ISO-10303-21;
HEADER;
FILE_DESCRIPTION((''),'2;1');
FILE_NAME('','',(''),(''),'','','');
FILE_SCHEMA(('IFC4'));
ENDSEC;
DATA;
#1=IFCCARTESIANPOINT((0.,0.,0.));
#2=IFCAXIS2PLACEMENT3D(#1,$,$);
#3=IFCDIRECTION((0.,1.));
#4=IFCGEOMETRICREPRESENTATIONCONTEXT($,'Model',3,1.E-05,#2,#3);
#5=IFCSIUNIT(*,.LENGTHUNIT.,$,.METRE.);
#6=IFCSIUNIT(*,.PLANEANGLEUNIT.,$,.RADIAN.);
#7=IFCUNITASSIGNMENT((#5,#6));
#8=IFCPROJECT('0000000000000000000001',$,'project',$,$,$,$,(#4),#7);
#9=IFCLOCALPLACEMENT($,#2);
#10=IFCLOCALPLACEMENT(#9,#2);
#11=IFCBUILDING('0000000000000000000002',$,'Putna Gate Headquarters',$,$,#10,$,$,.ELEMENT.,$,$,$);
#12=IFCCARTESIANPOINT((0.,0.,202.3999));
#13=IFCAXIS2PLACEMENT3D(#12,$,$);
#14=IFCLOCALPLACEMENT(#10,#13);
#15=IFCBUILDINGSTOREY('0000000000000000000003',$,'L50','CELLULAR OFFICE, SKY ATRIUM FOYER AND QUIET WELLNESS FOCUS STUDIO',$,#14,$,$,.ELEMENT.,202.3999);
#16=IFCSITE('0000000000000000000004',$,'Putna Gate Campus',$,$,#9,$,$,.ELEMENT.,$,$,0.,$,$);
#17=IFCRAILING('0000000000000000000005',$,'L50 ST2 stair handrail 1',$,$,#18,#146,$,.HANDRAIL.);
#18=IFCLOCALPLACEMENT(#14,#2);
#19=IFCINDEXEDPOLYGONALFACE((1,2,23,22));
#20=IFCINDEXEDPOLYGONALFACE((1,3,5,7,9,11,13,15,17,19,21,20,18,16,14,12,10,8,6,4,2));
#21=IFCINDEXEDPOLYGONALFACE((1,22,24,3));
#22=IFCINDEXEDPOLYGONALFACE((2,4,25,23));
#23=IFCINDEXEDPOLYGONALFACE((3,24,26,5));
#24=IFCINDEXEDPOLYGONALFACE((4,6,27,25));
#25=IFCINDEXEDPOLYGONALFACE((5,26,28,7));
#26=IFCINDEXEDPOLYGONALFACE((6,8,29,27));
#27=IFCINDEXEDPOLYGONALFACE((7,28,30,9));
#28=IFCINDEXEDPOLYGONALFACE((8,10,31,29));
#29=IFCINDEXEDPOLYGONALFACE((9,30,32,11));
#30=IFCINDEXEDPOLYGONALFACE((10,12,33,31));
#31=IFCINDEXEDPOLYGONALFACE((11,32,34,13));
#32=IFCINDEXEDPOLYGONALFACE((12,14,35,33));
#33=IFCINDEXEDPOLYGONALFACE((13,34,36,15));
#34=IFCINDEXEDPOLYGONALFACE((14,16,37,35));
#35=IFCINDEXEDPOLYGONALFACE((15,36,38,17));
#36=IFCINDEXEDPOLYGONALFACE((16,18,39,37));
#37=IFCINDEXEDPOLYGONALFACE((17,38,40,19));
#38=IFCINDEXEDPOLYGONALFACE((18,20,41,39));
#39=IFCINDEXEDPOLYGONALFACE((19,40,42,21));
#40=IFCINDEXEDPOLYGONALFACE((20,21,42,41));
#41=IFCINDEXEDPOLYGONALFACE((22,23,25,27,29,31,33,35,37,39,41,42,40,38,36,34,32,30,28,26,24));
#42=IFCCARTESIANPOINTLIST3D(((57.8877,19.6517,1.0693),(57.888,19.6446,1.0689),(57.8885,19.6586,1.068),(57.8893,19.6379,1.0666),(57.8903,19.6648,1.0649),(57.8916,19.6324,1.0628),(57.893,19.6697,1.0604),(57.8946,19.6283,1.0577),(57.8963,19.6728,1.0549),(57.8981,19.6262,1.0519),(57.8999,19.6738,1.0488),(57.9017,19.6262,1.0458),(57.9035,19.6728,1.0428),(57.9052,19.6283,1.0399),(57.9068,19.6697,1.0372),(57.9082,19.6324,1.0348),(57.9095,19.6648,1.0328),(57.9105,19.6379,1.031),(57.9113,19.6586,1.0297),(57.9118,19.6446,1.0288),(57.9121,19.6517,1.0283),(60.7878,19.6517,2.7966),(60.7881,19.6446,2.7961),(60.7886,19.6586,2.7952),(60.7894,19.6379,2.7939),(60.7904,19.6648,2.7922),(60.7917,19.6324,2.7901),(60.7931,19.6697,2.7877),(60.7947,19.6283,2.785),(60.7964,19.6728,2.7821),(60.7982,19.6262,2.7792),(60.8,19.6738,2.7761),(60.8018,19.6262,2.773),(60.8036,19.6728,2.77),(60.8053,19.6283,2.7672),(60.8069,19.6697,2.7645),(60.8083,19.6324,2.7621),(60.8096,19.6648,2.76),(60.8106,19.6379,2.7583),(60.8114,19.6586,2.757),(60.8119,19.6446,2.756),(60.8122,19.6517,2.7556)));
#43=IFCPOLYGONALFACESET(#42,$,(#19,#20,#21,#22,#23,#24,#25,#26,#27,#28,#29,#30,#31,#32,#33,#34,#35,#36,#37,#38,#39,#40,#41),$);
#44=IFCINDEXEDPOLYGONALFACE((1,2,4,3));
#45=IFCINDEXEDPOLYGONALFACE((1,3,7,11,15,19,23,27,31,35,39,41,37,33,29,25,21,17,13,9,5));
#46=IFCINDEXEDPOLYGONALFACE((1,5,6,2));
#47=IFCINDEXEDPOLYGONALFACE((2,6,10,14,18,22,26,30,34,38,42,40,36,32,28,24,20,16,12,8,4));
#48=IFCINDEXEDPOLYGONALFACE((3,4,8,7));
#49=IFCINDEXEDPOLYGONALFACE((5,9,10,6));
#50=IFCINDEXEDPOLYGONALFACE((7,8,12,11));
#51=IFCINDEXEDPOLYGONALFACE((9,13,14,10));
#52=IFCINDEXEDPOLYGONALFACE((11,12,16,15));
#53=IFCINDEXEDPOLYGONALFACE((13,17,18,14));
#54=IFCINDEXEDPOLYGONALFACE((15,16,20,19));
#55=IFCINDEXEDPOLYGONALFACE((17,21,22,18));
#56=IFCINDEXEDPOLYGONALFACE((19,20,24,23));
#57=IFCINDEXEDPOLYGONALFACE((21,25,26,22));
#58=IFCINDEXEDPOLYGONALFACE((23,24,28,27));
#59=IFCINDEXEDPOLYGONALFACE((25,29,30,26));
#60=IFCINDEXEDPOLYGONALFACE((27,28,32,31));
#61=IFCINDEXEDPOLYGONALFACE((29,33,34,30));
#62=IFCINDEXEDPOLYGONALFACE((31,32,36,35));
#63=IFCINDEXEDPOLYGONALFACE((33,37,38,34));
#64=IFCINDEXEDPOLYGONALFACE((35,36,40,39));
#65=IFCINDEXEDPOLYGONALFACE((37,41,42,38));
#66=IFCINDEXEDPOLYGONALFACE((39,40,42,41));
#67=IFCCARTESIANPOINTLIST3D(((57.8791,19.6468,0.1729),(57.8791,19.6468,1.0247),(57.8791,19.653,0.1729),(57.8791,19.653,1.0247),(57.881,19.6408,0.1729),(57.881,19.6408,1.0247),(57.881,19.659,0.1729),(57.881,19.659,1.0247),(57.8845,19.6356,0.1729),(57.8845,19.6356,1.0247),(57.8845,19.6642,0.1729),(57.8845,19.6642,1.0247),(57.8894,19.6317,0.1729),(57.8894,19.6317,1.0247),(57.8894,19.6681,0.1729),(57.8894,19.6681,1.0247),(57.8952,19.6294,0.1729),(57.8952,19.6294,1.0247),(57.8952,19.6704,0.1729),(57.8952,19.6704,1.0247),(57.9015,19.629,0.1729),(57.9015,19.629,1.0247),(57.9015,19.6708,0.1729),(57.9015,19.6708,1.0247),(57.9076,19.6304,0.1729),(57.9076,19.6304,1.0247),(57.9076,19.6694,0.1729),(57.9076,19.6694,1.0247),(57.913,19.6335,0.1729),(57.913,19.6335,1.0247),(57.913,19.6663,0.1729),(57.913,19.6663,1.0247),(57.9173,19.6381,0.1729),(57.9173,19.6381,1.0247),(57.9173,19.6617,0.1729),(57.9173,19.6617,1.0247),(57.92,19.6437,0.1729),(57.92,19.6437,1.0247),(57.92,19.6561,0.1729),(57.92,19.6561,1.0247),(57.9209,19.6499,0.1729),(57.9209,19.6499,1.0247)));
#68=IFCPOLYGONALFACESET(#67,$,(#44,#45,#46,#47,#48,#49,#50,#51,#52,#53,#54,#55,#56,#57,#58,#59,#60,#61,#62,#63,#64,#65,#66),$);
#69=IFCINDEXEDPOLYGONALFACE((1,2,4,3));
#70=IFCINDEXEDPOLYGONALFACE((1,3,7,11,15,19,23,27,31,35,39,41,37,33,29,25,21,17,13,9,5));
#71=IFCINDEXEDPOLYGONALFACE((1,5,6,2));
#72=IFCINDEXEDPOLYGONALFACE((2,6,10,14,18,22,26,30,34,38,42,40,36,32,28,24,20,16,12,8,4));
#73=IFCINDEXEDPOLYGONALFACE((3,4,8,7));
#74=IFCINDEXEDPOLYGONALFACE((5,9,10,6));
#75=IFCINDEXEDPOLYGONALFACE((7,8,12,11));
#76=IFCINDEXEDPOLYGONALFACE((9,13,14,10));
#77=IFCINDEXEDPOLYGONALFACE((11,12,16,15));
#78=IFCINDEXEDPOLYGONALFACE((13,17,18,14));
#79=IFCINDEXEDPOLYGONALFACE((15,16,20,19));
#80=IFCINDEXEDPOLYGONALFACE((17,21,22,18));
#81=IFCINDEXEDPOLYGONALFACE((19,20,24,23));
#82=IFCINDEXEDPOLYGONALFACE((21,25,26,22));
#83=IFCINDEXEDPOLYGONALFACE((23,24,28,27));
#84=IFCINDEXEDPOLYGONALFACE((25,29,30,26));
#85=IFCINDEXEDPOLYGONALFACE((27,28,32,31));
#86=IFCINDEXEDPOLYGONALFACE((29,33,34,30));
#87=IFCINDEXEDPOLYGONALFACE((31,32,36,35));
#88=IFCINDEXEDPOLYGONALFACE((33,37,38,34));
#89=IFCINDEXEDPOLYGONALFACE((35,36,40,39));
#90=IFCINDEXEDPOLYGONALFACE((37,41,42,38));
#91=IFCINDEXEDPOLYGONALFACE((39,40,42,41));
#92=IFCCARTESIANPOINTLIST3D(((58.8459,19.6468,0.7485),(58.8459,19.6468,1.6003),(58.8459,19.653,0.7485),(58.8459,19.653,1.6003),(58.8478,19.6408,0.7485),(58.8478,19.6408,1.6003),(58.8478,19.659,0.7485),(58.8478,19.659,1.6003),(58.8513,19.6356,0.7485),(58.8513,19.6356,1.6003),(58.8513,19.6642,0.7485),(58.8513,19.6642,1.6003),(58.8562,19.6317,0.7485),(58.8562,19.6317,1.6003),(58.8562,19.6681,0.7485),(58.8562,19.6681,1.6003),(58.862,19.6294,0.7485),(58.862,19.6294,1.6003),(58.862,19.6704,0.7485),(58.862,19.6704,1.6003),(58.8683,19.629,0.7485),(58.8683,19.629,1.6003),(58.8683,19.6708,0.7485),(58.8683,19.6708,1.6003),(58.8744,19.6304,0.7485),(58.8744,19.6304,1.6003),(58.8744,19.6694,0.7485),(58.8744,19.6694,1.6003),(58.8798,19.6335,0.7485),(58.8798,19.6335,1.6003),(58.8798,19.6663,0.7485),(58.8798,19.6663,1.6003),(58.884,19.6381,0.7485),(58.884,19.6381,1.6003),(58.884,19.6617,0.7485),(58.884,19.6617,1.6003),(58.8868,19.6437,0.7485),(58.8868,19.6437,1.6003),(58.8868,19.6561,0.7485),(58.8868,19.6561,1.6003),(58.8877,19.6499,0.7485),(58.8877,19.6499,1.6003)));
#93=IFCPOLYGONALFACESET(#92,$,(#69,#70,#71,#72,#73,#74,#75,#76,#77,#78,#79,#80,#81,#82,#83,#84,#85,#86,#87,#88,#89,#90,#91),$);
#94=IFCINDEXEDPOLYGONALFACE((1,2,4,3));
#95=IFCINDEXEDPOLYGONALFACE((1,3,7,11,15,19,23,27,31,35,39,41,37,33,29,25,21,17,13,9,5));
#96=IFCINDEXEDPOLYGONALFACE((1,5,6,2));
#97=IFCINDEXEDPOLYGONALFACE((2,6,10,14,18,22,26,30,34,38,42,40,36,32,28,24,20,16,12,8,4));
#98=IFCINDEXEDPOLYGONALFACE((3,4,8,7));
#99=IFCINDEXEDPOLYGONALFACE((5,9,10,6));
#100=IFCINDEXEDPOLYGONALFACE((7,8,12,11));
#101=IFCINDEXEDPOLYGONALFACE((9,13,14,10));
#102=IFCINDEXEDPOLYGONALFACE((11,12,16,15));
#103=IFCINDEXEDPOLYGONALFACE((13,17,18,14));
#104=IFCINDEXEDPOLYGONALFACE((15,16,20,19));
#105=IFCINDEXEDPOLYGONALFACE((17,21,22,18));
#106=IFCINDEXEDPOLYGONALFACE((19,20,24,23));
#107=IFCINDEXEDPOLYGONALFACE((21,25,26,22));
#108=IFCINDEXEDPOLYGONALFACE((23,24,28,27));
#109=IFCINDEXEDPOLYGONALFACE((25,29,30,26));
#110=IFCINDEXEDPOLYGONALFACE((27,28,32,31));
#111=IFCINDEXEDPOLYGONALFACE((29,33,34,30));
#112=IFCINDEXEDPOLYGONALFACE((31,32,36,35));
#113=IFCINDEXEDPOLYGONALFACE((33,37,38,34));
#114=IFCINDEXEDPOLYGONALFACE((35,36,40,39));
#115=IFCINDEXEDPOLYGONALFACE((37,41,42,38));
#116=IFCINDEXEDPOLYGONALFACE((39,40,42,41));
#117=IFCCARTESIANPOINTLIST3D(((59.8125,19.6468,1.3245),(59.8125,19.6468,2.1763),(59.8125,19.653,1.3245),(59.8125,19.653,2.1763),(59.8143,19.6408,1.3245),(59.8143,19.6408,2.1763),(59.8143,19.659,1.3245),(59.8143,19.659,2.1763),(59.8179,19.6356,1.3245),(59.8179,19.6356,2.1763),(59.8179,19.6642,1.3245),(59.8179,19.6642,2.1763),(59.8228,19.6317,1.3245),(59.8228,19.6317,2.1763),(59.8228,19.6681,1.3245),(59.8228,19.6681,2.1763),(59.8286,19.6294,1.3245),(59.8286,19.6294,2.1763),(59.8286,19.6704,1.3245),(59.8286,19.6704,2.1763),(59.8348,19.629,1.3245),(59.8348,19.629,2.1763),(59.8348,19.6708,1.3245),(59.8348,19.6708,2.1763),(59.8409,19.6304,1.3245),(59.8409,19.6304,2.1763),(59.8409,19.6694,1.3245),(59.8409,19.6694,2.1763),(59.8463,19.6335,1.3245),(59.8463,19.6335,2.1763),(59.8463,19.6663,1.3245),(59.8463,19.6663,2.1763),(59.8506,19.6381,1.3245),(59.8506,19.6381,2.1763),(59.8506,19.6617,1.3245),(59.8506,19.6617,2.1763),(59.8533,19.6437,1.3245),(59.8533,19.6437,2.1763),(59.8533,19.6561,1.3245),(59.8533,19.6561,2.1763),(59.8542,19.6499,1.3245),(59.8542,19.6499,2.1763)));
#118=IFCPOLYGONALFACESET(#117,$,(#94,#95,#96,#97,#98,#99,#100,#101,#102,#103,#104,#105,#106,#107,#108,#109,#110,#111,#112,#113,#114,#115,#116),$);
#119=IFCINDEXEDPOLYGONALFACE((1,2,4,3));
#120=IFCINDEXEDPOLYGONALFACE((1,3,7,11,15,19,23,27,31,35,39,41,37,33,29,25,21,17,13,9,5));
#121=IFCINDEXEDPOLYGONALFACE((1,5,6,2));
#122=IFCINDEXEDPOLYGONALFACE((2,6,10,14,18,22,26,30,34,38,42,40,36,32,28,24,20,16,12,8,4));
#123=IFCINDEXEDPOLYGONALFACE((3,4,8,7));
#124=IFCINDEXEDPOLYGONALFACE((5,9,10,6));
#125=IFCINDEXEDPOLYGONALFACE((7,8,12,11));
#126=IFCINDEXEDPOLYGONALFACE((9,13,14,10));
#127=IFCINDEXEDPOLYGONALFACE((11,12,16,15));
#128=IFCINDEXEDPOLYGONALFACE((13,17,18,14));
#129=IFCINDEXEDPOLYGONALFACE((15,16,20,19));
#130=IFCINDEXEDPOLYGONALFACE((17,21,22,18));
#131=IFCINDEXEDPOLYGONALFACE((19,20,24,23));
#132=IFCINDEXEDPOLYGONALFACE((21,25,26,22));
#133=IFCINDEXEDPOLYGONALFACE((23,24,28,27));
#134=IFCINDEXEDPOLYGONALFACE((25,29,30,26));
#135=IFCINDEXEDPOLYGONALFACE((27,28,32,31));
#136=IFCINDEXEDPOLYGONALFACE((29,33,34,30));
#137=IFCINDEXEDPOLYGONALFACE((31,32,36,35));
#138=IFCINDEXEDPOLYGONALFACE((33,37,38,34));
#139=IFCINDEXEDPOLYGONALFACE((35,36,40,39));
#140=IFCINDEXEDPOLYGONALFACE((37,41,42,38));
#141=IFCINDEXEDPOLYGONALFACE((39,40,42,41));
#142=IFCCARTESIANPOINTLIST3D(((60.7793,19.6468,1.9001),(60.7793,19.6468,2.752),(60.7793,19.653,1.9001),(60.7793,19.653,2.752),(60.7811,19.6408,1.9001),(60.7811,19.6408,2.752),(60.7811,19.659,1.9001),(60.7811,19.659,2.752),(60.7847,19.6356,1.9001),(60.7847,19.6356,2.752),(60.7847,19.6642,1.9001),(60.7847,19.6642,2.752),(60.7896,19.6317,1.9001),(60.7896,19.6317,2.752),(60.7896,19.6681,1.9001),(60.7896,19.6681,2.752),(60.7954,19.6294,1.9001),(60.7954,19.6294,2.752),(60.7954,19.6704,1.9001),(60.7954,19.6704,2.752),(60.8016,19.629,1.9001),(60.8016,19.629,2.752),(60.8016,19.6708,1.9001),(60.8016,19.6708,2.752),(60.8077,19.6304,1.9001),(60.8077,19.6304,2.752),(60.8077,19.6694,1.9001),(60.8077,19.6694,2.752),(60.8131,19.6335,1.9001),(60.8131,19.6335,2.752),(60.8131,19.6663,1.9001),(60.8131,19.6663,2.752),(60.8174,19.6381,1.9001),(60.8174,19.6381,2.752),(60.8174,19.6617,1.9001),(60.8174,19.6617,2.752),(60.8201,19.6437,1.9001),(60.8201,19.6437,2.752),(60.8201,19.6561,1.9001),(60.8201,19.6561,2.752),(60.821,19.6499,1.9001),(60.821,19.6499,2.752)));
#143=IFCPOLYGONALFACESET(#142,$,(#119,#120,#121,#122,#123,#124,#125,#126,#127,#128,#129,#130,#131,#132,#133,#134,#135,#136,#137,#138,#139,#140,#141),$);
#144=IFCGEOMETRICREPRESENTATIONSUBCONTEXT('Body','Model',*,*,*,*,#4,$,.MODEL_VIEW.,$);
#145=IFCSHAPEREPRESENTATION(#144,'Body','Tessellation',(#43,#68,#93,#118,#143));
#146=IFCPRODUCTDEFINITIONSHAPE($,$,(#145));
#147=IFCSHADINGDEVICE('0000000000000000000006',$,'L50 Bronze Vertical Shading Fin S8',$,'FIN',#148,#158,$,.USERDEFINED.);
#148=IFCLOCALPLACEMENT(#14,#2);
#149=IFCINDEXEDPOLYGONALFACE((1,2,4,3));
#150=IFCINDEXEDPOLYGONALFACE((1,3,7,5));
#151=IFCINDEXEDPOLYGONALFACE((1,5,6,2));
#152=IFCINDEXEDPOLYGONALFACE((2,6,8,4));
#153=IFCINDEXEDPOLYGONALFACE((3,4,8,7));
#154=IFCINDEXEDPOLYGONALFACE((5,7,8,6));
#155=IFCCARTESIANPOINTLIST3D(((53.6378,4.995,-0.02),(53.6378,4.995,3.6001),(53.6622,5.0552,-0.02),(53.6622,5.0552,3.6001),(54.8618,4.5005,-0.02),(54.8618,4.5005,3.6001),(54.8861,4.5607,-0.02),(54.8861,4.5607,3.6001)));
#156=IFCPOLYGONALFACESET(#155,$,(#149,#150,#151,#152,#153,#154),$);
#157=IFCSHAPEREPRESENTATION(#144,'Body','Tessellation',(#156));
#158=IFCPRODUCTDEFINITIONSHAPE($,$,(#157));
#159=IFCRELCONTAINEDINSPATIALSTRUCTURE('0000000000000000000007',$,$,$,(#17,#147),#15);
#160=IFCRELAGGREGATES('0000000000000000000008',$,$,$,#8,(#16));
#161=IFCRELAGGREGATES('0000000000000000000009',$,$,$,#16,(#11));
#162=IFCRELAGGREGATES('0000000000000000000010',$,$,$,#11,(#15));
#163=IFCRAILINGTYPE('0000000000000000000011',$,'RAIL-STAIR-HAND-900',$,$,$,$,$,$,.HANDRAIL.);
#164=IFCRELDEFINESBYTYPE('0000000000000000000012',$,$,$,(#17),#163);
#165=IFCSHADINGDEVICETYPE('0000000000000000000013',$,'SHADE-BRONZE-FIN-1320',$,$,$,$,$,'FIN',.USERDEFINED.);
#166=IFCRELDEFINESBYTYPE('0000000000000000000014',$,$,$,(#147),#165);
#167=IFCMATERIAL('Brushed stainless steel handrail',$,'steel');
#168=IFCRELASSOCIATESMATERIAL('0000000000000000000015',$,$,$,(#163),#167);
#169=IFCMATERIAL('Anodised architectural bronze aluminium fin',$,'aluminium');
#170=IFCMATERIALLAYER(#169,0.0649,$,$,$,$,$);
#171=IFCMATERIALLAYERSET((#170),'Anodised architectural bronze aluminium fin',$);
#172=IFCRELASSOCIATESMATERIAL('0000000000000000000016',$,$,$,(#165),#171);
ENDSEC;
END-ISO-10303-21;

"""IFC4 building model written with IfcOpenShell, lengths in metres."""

from ifc_helpers import new_model, si_unit, direction, frame, origin, origin_2d, place, context, subcontext, project, spatial, rectangle, circle, extrude, material, layer, layer_set, type_object, element, save


model = new_model("IFC4")

# Units and contexts
model_context = context("Model", 3, precision=1e-05, world=origin(), true_north=direction((0.0, 1.0)))
body_context = subcontext(model_context, "Body", "Model", "MODEL_VIEW")
ifc_project = project(units=[si_unit("LENGTHUNIT", "METRE"), si_unit("PLANEANGLEUNIT", "RADIAN")], contexts=[model_context])

# Site, building, storey
site_placement = place(None, origin())
site = spatial("IfcSite", under=ifc_project, at=site_placement, Name="Putna Gate Campus", CompositionType="ELEMENT", RefElevation=0.0)
building_placement = place(site_placement, origin())
building = spatial("IfcBuilding", under=site, at=building_placement, Name="Putna Gate Headquarters", CompositionType="ELEMENT")
storey_placement = place(building_placement, frame((0.0, 0.0, 202.3999)))
storey = spatial("IfcBuildingStorey", under=building, at=storey_placement, Name="L50", Description="CELLULAR OFFICE, SKY ATRIUM FOYER AND QUIET WELLNESS FOCUS STUDIO", CompositionType="ELEMENT", Elevation=202.3999)

# Railing
ifc_material_1 = material(Name="Brushed stainless steel handrail", Category="steel")
railing_type_1 = type_object("IfcRailingType", Name="RAIL-STAIR-HAND-900", PredefinedType="HANDRAIL", material=ifc_material_1)
railing_1_placement = place(storey_placement, frame((57.8999, 19.6499, 0.1729)))
element("IfcRailing", 1, at=railing_1_placement, inside=storey, type_object=railing_type_1, Name="L50 ST2 stair handrail 1", PredefinedType="HANDRAIL", context=body_context, shape_type="SweptSolid", body=[
    extrude(circle(Radius=0.0239, at=origin_2d()), frame((0.0, 0.0, 0.876), z_axis=(0.85916, 0.0, 0.511706), x_axis=(0.0, 1.0, 0.0)), (0.0, 0.0, 1.0), 3.3755),
    extrude(circle(Radius=0.021, at=origin_2d()), origin(), (0.0, 0.0, 1.0), 0.8518),
    extrude(circle(Radius=0.021, at=origin_2d()), frame((0.9668, 0.0, 0.5757)), (0.0, 0.0, 1.0), 0.8518),
    extrude(circle(Radius=0.021, at=origin_2d()), frame((1.9333, 0.0, 1.1516)), (0.0, 0.0, 1.0), 0.8518),
    extrude(circle(Radius=0.021, at=origin_2d()), frame((2.9001, 0.0, 1.7273)), (0.0, 0.0, 1.0), 0.8518),
])

# Shading device
ifc_material_2 = material(Name="Anodised architectural bronze aluminium fin", Category="aluminium")
ifc_layer_1 = layer(ifc_material_2, 0.0649)
ifc_layer_set_1 = layer_set([ifc_layer_1], Name="Anodised architectural bronze aluminium fin")
shading_device_type = type_object("IfcShadingDeviceType", Name="SHADE-BRONZE-FIN-1320", ElementType="FIN", PredefinedType="USERDEFINED", material=ifc_layer_set_1)
shading_device_placement = place(storey_placement, frame((54.262, 4.7778, -0.02), z_axis=(0.0, 0.0, 1.0), x_axis=(0.927184, -0.374607, 0.0)))
element("IfcShadingDevice", 2, at=shading_device_placement, inside=storey, type_object=shading_device_type, Name="L50 Bronze Vertical Shading Fin S8", ObjectType="FIN", PredefinedType="USERDEFINED", context=body_context, shape_type="SweptSolid", body=[
    extrude(rectangle(XDim=1.3201, YDim=0.0649, at=origin_2d()), origin(), (0.0, 0.0, 1.0), 3.6201),
])

save(model, "model.ifc")
